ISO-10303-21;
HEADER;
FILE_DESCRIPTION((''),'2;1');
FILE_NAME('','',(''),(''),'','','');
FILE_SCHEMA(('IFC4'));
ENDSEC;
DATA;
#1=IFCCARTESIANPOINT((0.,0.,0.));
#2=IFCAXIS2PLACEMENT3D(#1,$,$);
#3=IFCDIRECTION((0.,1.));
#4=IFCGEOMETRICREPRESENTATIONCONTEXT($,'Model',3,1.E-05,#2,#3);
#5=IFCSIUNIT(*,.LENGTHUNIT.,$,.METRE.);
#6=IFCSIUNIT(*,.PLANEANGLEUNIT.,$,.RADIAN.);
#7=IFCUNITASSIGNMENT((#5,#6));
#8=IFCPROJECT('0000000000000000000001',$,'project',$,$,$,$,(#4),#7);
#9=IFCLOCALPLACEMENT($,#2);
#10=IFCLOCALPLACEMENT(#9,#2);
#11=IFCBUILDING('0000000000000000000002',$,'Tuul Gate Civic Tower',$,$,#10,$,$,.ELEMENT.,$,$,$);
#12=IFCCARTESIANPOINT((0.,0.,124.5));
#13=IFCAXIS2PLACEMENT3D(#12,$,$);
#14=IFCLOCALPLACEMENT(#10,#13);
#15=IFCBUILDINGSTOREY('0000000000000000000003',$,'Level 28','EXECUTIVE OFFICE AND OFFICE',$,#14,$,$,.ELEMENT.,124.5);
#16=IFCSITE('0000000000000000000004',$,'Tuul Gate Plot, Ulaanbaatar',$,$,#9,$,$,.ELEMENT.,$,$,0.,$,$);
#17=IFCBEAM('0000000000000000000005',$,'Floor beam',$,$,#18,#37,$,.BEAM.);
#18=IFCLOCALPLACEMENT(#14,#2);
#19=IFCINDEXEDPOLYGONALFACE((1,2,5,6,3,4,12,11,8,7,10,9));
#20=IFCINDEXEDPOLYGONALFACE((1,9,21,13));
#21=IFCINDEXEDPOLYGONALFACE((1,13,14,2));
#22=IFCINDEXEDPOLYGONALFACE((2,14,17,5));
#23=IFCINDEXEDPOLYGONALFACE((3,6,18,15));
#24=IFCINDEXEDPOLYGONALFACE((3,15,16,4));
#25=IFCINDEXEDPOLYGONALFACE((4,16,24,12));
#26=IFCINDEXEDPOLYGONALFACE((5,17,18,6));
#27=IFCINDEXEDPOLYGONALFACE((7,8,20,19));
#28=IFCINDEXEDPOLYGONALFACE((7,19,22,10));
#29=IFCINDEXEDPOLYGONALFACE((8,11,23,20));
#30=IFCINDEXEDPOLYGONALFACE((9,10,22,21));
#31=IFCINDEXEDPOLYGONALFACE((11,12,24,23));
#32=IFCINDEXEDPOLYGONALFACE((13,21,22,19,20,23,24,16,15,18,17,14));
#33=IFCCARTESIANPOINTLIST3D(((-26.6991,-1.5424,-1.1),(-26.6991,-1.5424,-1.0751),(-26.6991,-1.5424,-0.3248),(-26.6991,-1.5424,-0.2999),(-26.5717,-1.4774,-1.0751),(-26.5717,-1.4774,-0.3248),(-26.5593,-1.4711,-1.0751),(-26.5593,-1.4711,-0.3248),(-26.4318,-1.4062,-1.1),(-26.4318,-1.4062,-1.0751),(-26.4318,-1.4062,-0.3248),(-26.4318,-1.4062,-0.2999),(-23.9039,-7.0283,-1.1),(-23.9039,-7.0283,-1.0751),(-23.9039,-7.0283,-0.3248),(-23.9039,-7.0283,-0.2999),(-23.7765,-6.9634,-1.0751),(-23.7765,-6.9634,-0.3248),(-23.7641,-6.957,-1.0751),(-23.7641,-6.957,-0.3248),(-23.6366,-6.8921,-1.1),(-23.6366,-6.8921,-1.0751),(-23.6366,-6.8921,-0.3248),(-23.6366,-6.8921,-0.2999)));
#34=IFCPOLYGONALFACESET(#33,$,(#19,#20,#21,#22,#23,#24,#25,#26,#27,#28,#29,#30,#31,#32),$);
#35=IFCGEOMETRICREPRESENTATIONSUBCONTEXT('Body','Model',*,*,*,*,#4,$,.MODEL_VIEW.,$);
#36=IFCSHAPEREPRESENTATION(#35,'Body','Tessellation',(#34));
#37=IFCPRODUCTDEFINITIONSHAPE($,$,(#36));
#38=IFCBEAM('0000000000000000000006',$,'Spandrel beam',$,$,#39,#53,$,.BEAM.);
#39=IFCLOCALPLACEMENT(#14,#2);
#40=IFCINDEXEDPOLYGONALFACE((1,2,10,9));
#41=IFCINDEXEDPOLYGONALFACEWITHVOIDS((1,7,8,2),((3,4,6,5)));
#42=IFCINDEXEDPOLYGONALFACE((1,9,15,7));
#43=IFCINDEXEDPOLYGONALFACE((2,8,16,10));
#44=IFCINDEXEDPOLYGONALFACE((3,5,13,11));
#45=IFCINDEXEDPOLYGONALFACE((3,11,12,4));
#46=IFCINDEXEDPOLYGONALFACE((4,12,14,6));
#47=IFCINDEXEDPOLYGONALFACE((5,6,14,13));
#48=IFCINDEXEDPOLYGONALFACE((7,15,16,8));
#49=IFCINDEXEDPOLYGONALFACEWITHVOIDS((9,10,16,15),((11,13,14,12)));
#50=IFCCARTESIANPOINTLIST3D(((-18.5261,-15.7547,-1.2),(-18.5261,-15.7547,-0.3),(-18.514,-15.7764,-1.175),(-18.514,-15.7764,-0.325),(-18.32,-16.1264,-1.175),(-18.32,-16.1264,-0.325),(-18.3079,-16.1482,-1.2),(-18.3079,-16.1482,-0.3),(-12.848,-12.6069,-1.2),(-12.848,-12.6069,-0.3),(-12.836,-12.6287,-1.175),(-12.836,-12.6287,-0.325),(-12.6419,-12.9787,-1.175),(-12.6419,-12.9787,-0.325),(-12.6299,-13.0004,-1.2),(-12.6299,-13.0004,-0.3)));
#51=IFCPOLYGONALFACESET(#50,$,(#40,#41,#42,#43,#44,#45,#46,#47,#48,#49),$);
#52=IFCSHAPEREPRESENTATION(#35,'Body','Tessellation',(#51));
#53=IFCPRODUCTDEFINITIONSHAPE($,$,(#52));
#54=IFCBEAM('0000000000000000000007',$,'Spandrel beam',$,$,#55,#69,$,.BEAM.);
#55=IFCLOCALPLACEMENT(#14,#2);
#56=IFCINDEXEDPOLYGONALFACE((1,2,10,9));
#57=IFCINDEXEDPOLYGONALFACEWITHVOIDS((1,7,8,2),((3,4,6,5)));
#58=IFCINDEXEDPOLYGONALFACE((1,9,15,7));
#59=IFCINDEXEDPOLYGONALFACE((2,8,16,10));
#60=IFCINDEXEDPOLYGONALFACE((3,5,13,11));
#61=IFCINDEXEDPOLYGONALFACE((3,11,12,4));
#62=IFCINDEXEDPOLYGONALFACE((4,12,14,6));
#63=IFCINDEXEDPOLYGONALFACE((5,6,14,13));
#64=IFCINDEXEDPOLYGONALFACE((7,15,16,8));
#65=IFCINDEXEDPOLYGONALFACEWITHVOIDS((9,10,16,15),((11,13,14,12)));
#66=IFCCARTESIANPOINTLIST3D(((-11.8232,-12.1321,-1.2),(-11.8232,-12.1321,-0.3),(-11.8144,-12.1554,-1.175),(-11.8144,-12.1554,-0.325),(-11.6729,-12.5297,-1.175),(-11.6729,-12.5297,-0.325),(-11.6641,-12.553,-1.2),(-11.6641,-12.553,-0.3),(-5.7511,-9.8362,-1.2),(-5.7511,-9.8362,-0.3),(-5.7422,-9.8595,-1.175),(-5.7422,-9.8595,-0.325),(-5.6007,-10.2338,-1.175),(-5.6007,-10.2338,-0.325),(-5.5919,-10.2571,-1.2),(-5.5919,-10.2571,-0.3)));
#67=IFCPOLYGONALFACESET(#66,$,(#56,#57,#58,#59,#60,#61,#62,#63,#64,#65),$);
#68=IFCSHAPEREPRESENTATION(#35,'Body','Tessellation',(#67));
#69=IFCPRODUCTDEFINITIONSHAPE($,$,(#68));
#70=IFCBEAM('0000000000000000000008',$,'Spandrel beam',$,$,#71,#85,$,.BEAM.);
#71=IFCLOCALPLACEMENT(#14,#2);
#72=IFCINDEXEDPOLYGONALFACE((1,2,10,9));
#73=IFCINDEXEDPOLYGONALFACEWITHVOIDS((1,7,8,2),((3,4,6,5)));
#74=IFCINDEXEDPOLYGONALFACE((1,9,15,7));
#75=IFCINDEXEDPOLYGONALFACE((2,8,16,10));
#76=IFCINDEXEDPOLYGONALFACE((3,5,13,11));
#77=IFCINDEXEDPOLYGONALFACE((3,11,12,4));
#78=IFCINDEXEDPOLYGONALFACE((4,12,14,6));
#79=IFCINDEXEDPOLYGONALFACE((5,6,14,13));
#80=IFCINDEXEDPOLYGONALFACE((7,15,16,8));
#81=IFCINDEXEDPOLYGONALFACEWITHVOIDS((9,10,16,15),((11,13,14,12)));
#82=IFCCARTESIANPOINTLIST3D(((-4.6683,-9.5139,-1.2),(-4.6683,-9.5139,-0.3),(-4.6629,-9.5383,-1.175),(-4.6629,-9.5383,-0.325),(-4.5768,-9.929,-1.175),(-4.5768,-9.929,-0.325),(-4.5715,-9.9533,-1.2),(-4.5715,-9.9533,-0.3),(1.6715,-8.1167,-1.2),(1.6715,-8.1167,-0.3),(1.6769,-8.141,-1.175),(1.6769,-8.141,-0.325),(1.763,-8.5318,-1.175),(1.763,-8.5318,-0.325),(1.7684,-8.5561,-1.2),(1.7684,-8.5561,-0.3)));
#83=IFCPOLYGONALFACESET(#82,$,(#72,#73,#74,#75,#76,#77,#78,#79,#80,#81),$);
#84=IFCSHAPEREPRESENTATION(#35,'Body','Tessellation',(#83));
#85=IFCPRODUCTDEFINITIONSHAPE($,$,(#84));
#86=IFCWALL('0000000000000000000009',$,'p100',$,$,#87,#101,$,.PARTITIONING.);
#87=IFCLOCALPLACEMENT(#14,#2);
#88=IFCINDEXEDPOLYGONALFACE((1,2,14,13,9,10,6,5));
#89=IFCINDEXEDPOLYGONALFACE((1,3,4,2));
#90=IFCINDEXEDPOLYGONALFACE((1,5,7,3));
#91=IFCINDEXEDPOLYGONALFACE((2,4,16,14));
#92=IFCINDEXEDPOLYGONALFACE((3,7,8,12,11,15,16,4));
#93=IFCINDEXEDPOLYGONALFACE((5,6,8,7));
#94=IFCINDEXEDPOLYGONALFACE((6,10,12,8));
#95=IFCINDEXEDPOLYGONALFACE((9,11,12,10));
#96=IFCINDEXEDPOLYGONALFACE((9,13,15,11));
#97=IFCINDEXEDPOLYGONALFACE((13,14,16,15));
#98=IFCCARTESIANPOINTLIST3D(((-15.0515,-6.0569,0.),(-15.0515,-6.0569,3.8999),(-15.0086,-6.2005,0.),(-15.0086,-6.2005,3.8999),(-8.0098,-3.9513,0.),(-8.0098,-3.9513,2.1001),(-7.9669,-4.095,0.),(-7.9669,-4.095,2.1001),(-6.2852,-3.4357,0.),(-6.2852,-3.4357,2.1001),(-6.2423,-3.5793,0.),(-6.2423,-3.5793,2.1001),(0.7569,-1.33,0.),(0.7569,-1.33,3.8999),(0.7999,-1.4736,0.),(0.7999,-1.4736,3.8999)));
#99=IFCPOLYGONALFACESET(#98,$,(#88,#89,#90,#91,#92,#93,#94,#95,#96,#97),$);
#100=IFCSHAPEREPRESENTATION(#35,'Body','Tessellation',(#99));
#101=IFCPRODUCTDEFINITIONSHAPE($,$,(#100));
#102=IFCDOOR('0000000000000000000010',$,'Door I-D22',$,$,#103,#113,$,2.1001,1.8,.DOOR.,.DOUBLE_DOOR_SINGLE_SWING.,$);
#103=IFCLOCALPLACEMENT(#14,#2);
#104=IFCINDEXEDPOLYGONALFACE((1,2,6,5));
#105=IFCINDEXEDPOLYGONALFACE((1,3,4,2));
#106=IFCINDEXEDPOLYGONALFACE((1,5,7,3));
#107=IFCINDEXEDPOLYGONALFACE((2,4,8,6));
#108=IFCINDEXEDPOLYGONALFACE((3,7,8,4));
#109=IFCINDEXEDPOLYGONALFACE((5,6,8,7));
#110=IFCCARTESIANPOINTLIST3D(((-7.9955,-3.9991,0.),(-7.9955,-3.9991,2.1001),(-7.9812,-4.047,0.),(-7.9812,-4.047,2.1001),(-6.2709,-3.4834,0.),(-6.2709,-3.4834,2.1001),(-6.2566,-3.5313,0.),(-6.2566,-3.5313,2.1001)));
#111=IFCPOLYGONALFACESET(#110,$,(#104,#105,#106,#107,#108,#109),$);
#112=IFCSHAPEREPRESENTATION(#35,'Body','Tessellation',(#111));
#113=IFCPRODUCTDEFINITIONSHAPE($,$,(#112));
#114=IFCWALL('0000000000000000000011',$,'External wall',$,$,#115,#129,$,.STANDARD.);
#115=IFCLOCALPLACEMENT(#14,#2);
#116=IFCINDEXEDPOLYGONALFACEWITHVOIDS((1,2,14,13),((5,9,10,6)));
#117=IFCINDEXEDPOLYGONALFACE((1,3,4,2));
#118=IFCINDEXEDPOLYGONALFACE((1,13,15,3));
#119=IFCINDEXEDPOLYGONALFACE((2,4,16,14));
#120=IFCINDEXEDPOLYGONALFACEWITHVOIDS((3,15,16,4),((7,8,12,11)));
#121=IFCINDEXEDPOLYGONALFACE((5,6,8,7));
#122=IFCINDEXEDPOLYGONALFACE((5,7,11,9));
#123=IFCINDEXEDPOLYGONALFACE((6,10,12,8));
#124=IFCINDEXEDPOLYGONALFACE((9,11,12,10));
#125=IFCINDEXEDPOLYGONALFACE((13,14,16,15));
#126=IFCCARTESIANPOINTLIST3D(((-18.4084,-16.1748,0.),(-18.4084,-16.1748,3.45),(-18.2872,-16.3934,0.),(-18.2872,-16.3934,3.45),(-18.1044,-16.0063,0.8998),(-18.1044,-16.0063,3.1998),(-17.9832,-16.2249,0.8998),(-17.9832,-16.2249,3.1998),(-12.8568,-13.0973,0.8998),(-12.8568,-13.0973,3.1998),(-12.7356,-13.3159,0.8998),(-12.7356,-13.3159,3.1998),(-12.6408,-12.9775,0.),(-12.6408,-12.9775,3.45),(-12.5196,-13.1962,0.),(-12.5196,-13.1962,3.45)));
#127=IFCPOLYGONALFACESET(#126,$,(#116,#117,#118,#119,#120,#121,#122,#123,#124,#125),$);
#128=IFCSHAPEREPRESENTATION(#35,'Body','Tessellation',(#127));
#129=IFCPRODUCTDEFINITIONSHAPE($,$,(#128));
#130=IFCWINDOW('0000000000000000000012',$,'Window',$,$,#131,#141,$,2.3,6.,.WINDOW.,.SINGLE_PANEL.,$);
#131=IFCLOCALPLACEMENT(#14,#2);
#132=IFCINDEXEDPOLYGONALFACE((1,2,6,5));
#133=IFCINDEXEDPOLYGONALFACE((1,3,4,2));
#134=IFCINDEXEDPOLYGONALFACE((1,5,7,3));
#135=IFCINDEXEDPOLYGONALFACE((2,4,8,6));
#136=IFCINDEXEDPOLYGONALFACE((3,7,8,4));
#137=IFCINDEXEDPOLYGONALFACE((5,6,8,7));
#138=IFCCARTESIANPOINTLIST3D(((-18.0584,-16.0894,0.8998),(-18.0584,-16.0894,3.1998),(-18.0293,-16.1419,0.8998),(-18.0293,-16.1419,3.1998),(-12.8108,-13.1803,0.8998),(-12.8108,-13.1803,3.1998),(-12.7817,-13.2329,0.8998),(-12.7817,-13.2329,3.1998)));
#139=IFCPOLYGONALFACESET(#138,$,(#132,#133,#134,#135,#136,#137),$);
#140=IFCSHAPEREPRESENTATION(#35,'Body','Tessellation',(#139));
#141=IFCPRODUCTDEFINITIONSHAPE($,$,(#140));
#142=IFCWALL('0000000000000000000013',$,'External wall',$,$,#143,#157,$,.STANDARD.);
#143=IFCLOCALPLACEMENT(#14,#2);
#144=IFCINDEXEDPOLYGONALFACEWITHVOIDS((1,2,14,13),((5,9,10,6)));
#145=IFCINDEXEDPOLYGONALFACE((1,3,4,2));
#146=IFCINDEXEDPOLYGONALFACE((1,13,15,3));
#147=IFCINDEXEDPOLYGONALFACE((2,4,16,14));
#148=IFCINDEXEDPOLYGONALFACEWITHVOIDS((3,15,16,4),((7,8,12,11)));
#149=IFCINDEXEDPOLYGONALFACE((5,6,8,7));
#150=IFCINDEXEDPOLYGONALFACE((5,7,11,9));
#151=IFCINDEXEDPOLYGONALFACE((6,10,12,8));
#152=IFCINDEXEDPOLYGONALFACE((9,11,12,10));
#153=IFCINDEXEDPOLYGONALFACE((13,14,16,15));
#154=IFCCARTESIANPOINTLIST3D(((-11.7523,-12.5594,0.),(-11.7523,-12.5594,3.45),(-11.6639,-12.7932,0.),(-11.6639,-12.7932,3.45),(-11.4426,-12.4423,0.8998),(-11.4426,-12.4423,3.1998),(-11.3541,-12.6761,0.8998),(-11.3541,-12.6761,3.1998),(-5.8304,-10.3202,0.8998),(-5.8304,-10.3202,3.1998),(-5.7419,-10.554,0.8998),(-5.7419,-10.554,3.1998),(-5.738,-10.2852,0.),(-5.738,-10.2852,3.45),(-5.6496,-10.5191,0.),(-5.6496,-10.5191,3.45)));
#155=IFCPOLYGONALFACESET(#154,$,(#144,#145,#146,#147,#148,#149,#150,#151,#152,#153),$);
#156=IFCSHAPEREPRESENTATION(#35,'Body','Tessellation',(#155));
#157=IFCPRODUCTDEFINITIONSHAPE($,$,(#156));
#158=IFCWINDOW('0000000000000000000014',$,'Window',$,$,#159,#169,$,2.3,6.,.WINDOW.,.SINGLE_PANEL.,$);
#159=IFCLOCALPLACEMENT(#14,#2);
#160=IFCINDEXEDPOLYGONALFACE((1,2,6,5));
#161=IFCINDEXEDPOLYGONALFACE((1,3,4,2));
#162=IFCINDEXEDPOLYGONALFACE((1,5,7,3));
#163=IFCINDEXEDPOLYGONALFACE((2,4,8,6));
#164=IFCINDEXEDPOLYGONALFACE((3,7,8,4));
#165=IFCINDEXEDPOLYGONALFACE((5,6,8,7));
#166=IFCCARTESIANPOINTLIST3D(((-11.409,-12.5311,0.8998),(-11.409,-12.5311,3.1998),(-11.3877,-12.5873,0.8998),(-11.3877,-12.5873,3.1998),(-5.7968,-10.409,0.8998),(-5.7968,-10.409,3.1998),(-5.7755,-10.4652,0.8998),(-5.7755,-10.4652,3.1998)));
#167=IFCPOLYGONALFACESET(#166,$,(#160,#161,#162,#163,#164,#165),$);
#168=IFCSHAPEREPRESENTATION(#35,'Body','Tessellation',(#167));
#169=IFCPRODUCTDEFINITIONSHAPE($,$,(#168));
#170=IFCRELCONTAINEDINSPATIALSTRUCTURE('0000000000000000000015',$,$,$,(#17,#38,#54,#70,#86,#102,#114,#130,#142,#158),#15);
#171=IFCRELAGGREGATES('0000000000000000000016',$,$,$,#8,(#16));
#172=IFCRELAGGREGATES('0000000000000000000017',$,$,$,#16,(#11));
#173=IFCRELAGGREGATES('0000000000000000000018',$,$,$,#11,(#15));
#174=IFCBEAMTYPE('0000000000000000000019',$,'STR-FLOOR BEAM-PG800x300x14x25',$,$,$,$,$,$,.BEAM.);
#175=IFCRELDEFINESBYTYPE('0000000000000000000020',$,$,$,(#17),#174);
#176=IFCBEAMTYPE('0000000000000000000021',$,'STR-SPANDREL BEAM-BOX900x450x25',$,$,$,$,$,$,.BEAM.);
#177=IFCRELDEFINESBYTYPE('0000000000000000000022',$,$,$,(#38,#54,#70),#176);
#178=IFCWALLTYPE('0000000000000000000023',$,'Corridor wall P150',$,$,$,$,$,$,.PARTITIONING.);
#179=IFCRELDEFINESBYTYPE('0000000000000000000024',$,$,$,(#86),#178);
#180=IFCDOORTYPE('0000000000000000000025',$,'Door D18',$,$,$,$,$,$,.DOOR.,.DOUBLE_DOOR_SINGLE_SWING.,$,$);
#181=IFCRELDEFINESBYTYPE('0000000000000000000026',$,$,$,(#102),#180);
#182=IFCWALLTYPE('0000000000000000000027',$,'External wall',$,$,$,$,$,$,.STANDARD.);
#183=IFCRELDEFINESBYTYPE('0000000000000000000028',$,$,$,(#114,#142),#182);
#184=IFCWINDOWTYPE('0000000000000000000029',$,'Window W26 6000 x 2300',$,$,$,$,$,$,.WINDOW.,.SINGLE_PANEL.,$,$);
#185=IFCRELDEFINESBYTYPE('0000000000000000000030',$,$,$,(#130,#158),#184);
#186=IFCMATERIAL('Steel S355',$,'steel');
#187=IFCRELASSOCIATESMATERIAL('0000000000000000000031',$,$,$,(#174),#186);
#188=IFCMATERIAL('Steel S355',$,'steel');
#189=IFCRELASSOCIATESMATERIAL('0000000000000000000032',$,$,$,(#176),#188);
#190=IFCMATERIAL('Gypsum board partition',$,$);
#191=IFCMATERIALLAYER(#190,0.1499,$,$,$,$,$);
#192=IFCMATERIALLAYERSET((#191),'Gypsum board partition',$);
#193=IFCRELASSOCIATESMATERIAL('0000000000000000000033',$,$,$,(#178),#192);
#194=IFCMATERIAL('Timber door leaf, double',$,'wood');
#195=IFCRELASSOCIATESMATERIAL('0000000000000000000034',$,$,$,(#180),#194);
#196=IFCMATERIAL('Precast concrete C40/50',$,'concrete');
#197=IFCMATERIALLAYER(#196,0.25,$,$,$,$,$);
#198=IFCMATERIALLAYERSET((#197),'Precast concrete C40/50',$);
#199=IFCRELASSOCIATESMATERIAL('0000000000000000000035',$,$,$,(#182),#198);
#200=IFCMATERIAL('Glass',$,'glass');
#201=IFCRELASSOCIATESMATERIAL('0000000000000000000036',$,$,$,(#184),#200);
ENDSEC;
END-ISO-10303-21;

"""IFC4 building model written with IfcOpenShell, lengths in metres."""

from ifc_helpers import new_model, si_unit, direction, frame, frame_2d, origin, origin_2d, place, context, subcontext, project, spatial, rectangle, hollow_rectangle, i_section, extrude, material, layer, layer_set, material_profile, profile_set, type_object, element, fill, save


model = new_model("IFC4")

# Units and contexts
model_context = context("Model", 3, precision=1e-05, world=origin(), true_north=direction((0.0, 1.0)))
body_context = subcontext(model_context, "Body", "Model", "MODEL_VIEW")
ifc_project = project(units=[si_unit("LENGTHUNIT", "METRE"), si_unit("PLANEANGLEUNIT", "RADIAN")], contexts=[model_context])

# Site, building, storey
site_placement = place(None, origin())
site = spatial("IfcSite", under=ifc_project, at=site_placement, Name="Tuul Gate Plot, Ulaanbaatar", CompositionType="ELEMENT", RefElevation=0.0)
building_placement = place(site_placement, origin())
building = spatial("IfcBuilding", under=site, at=building_placement, Name="Tuul Gate Civic Tower", CompositionType="ELEMENT")
storey_placement = place(building_placement, frame((0.0, 0.0, 124.5)))
storey = spatial("IfcBuildingStorey", under=building, at=storey_placement, Name="Level 28", Description="EXECUTIVE OFFICE AND OFFICE", CompositionType="ELEMENT", Elevation=124.5)

# Beams
ifc_material_1 = material(Name="Steel S355", Category="steel")
ifc_material_profile_1 = material_profile(ifc_material_1, i_section(OverallWidth=0.3, OverallDepth=0.8, WebThickness=0.0139, FlangeThickness=0.0249, at=origin_2d()), Name="PG800x300x14x25")
ifc_profile_set_1 = profile_set([ifc_material_profile_1], Name="Steel S355")
beam_type_1 = type_object("IfcBeamType", Name="STR-FLOOR BEAM-PG800x300x14x25", PredefinedType="BEAM", material=ifc_profile_set_1)
beam_1_placement = place(storey_placement, frame((-23.7703, -6.9602, -0.7), z_axis=(-0.453989, 0.891007, 0.0), x_axis=(-0.891007, -0.453989, 0.0)))
element("IfcBeam", 1, at=beam_1_placement, inside=storey, type_object=beam_type_1, Name="Floor beam", PredefinedType="BEAM", context=body_context, shape_type="SweptSolid", body=[
    extrude(i_section(OverallWidth=0.3, OverallDepth=0.8, WebThickness=0.0139, FlangeThickness=0.0249, at=origin_2d()), origin(), (0.0, 0.0, 1.0), 6.157),
])
ifc_material_2 = material(Name="Steel S355", Category="steel")
ifc_material_profile_2 = material_profile(ifc_material_2, hollow_rectangle(XDim=0.45, YDim=0.8999, WallThickness=0.0249, at=origin_2d()), Name="BOX900x450x25")
ifc_profile_set_2 = profile_set([ifc_material_profile_2], Name="Steel S355")
beam_type_2 = type_object("IfcBeamType", Name="STR-SPANDREL BEAM-BOX900x450x25", PredefinedType="BEAM", material=ifc_profile_set_2)
beam_2_placement = place(storey_placement, frame((-18.417, -15.9514, -0.75), z_axis=(0.874597, 0.484851, 0.0), x_axis=(-0.484851, 0.874597, 0.0)))
element("IfcBeam", 2, at=beam_2_placement, inside=storey, type_object=beam_type_2, Name="Spandrel beam", PredefinedType="BEAM", context=body_context, shape_type="SweptSolid", body=[
    extrude(hollow_rectangle(XDim=0.45, YDim=0.8999, WallThickness=0.0249, at=origin_2d()), origin(), (0.0, 0.0, 1.0), 6.4922),
])
beam_3_placement = place(storey_placement, frame((-11.7437, -12.3425, -0.75), z_axis=(0.935374, 0.353661, 0.0), x_axis=(-0.353661, 0.935374, 0.0)))
element("IfcBeam", 3, at=beam_3_placement, inside=storey, type_object=beam_type_2, Name="Spandrel beam", PredefinedType="BEAM", context=body_context, shape_type="SweptSolid", body=[
    extrude(hollow_rectangle(XDim=0.45, YDim=0.8999, WallThickness=0.0249, at=origin_2d()), origin(), (0.0, 0.0, 1.0), 6.4917),
])
beam_4_placement = place(storey_placement, frame((-4.6199, -9.7336, -0.75), z_axis=(0.976565, 0.215222, 0.0), x_axis=(-0.215222, 0.976565, 0.0)))
element("IfcBeam", 4, at=beam_4_placement, inside=storey, type_object=beam_type_2, Name="Spandrel beam", PredefinedType="BEAM", context=body_context, shape_type="SweptSolid", body=[
    extrude(hollow_rectangle(XDim=0.45, YDim=0.8999, WallThickness=0.0249, at=origin_2d()), origin(), (0.0, 0.0, 1.0), 6.4919),
])

# Wall, opening, door
ifc_material_3 = material(Name="Gypsum board partition")
ifc_layer_1 = layer(ifc_material_3, 0.1499)
ifc_layer_set_1 = layer_set([ifc_layer_1], Name="Gypsum board partition")
wall_type_1 = type_object("IfcWallType", Name="Corridor wall P150", PredefinedType="PARTITIONING", material=ifc_layer_set_1)
wall_1_placement = place(storey_placement, frame((-15.03, -6.1287, 0.0), z_axis=(0.0, 0.0, 1.0), x_axis=(0.958088, 0.286475, 0.0)))
wall_1 = element("IfcWall", 5, at=wall_1_placement, inside=storey, type_object=wall_type_1, Name="p100", PredefinedType="PARTITIONING", context=body_context, shape_type="SweptSolid", body=[
    extrude(rectangle(XDim=16.5, YDim=0.1499, at=frame_2d((8.25, 0.0))), origin(), (0.0, 0.0, 1.0), 3.8999),
])
opening_1_placement = place(wall_1_placement, frame((7.3499, 0.0, 0.0)))
opening_1 = element("IfcOpeningElement", 6, at=opening_1_placement, cuts=wall_1, PredefinedType="OPENING", context=body_context, shape_type="SweptSolid", body=[
    extrude(rectangle(XDim=1.8, YDim=2.1001, at=frame_2d((0.8999, 1.05))), frame((0.0, 0.085, 0.0), z_axis=(0.0, -1.0, 0.0), x_axis=(1.0, 0.0, 0.0)), (0.0, 0.0, 1.0), 0.1699),
])
ifc_material_4 = material(Name="Timber door leaf, double", Category="wood")
door_type = type_object("IfcDoorType", Name="Door D18", OperationType="DOUBLE_DOOR_SINGLE_SWING", PredefinedType="DOOR", material=ifc_material_4)
door_placement = place(opening_1_placement, frame((1.8, 0.0, 0.0), z_axis=(0.0, 0.0, 1.0), x_axis=(-1.0, 0.0, 0.0)))
door = element("IfcDoor", 7, at=door_placement, inside=storey, type_object=door_type, Name="Door I-D22", OperationType="DOUBLE_DOOR_SINGLE_SWING", OverallHeight=2.1001, OverallWidth=1.8, PredefinedType="DOOR", context=body_context, shape_type="SweptSolid", body=[
    extrude(rectangle(XDim=1.8, YDim=2.1001, at=frame_2d((0.9001, 1.05))), frame((0.0, 0.0249, 0.0), z_axis=(0.0, -1.0, 0.0), x_axis=(1.0, 0.0, 0.0)), (0.0, 0.0, 1.0), 0.05),
])
fill(opening_1, door)

# Walls, openings, windows
ifc_material_5 = material(Name="Precast concrete C40/50", Category="concrete")
ifc_layer_2 = layer(ifc_material_5, 0.25)
ifc_layer_set_2 = layer_set([ifc_layer_2], Name="Precast concrete C40/50")
wall_type_2 = type_object("IfcWallType", Name="External wall", PredefinedType="STANDARD", material=ifc_layer_set_2)
wall_2_placement = place(storey_placement, frame((-18.3479, -16.2842, 0.0), z_axis=(0.0, 0.0, 1.0), x_axis=(0.874604, 0.484838, 0.0)))
wall_2 = element("IfcWall", 8, at=wall_2_placement, inside=storey, type_object=wall_type_2, Name="External wall", PredefinedType="STANDARD", context=body_context, shape_type="SweptSolid", body=[
    extrude(rectangle(XDim=6.5945, YDim=0.25, at=frame_2d((3.2974, 0.0))), origin(), (0.0, 0.0, 1.0), 3.45),
])
opening_2_placement = place(wall_2_placement, frame((0.3477, 0.0, 0.8999)))
opening_2 = element("IfcOpeningElement", 9, at=opening_2_placement, cuts=wall_2, PredefinedType="OPENING", context=body_context, shape_type="SweptSolid", body=[
    extrude(rectangle(XDim=6.0, YDim=2.3, at=frame_2d((3.0, 1.1499))), frame((0.0, 0.135, 0.0), z_axis=(0.0, -1.0, 0.0), x_axis=(1.0, 0.0, 0.0)), (0.0, 0.0, 1.0), 0.27),
])
ifc_material_6 = material(Name="Glass", Category="glass")
window_type = type_object("IfcWindowType", Name="Window W26 6000 x 2300", PartitioningType="SINGLE_PANEL", PredefinedType="WINDOW", material=ifc_material_6)
window_1_placement = place(opening_2_placement, origin())
window_1 = element("IfcWindow", 10, at=window_1_placement, inside=storey, type_object=window_type, Name="Window", OverallHeight=2.3, OverallWidth=6.0, PartitioningType="SINGLE_PANEL", PredefinedType="WINDOW", context=body_context, shape_type="SweptSolid", body=[
    extrude(rectangle(XDim=6.0, YDim=2.3, at=frame_2d((3.0, 1.1499))), frame((0.0, 0.03, 0.0), z_axis=(0.0, -1.0, 0.0), x_axis=(1.0, 0.0, 0.0)), (0.0, 0.0, 1.0), 0.0601),
])
fill(opening_2, window_1)
wall_3_placement = place(storey_placement, frame((-11.708, -12.6763, 0.0), z_axis=(0.0, 0.0, 1.0), x_axis=(0.935366, 0.353681, 0.0)))
wall_3 = element("IfcWall", 11, at=wall_3_placement, inside=storey, type_object=wall_type_2, Name="External wall", PredefinedType="STANDARD", context=body_context, shape_type="SweptSolid", body=[
    extrude(rectangle(XDim=6.4299, YDim=0.25, at=frame_2d((3.2148, 0.0))), origin(), (0.0, 0.0, 1.0), 3.45),
])
opening_3_placement = place(wall_3_placement, frame((0.3311, 0.0, 0.8999)))
opening_3 = element("IfcOpeningElement", 12, at=opening_3_placement, cuts=wall_3, PredefinedType="OPENING", context=body_context, shape_type="SweptSolid", body=[
    extrude(rectangle(XDim=6.0, YDim=2.3, at=frame_2d((3.0, 1.1499))), frame((0.0, 0.135, 0.0), z_axis=(0.0, -1.0, 0.0), x_axis=(1.0, 0.0, 0.0)), (0.0, 0.0, 1.0), 0.27),
])
window_2_placement = place(opening_3_placement, origin())
window_2 = element("IfcWindow", 13, at=window_2_placement, inside=storey, type_object=window_type, Name="Window", OverallHeight=2.3, OverallWidth=6.0, PartitioningType="SINGLE_PANEL", PredefinedType="WINDOW", context=body_context, shape_type="SweptSolid", body=[
    extrude(rectangle(XDim=6.0, YDim=2.3, at=frame_2d((3.0, 1.1499))), frame((0.0, 0.03, 0.0), z_axis=(0.0, -1.0, 0.0), x_axis=(1.0, 0.0, 0.0)), (0.0, 0.0, 1.0), 0.0601),
])
fill(opening_3, window_2)

save(model, "model.ifc")
